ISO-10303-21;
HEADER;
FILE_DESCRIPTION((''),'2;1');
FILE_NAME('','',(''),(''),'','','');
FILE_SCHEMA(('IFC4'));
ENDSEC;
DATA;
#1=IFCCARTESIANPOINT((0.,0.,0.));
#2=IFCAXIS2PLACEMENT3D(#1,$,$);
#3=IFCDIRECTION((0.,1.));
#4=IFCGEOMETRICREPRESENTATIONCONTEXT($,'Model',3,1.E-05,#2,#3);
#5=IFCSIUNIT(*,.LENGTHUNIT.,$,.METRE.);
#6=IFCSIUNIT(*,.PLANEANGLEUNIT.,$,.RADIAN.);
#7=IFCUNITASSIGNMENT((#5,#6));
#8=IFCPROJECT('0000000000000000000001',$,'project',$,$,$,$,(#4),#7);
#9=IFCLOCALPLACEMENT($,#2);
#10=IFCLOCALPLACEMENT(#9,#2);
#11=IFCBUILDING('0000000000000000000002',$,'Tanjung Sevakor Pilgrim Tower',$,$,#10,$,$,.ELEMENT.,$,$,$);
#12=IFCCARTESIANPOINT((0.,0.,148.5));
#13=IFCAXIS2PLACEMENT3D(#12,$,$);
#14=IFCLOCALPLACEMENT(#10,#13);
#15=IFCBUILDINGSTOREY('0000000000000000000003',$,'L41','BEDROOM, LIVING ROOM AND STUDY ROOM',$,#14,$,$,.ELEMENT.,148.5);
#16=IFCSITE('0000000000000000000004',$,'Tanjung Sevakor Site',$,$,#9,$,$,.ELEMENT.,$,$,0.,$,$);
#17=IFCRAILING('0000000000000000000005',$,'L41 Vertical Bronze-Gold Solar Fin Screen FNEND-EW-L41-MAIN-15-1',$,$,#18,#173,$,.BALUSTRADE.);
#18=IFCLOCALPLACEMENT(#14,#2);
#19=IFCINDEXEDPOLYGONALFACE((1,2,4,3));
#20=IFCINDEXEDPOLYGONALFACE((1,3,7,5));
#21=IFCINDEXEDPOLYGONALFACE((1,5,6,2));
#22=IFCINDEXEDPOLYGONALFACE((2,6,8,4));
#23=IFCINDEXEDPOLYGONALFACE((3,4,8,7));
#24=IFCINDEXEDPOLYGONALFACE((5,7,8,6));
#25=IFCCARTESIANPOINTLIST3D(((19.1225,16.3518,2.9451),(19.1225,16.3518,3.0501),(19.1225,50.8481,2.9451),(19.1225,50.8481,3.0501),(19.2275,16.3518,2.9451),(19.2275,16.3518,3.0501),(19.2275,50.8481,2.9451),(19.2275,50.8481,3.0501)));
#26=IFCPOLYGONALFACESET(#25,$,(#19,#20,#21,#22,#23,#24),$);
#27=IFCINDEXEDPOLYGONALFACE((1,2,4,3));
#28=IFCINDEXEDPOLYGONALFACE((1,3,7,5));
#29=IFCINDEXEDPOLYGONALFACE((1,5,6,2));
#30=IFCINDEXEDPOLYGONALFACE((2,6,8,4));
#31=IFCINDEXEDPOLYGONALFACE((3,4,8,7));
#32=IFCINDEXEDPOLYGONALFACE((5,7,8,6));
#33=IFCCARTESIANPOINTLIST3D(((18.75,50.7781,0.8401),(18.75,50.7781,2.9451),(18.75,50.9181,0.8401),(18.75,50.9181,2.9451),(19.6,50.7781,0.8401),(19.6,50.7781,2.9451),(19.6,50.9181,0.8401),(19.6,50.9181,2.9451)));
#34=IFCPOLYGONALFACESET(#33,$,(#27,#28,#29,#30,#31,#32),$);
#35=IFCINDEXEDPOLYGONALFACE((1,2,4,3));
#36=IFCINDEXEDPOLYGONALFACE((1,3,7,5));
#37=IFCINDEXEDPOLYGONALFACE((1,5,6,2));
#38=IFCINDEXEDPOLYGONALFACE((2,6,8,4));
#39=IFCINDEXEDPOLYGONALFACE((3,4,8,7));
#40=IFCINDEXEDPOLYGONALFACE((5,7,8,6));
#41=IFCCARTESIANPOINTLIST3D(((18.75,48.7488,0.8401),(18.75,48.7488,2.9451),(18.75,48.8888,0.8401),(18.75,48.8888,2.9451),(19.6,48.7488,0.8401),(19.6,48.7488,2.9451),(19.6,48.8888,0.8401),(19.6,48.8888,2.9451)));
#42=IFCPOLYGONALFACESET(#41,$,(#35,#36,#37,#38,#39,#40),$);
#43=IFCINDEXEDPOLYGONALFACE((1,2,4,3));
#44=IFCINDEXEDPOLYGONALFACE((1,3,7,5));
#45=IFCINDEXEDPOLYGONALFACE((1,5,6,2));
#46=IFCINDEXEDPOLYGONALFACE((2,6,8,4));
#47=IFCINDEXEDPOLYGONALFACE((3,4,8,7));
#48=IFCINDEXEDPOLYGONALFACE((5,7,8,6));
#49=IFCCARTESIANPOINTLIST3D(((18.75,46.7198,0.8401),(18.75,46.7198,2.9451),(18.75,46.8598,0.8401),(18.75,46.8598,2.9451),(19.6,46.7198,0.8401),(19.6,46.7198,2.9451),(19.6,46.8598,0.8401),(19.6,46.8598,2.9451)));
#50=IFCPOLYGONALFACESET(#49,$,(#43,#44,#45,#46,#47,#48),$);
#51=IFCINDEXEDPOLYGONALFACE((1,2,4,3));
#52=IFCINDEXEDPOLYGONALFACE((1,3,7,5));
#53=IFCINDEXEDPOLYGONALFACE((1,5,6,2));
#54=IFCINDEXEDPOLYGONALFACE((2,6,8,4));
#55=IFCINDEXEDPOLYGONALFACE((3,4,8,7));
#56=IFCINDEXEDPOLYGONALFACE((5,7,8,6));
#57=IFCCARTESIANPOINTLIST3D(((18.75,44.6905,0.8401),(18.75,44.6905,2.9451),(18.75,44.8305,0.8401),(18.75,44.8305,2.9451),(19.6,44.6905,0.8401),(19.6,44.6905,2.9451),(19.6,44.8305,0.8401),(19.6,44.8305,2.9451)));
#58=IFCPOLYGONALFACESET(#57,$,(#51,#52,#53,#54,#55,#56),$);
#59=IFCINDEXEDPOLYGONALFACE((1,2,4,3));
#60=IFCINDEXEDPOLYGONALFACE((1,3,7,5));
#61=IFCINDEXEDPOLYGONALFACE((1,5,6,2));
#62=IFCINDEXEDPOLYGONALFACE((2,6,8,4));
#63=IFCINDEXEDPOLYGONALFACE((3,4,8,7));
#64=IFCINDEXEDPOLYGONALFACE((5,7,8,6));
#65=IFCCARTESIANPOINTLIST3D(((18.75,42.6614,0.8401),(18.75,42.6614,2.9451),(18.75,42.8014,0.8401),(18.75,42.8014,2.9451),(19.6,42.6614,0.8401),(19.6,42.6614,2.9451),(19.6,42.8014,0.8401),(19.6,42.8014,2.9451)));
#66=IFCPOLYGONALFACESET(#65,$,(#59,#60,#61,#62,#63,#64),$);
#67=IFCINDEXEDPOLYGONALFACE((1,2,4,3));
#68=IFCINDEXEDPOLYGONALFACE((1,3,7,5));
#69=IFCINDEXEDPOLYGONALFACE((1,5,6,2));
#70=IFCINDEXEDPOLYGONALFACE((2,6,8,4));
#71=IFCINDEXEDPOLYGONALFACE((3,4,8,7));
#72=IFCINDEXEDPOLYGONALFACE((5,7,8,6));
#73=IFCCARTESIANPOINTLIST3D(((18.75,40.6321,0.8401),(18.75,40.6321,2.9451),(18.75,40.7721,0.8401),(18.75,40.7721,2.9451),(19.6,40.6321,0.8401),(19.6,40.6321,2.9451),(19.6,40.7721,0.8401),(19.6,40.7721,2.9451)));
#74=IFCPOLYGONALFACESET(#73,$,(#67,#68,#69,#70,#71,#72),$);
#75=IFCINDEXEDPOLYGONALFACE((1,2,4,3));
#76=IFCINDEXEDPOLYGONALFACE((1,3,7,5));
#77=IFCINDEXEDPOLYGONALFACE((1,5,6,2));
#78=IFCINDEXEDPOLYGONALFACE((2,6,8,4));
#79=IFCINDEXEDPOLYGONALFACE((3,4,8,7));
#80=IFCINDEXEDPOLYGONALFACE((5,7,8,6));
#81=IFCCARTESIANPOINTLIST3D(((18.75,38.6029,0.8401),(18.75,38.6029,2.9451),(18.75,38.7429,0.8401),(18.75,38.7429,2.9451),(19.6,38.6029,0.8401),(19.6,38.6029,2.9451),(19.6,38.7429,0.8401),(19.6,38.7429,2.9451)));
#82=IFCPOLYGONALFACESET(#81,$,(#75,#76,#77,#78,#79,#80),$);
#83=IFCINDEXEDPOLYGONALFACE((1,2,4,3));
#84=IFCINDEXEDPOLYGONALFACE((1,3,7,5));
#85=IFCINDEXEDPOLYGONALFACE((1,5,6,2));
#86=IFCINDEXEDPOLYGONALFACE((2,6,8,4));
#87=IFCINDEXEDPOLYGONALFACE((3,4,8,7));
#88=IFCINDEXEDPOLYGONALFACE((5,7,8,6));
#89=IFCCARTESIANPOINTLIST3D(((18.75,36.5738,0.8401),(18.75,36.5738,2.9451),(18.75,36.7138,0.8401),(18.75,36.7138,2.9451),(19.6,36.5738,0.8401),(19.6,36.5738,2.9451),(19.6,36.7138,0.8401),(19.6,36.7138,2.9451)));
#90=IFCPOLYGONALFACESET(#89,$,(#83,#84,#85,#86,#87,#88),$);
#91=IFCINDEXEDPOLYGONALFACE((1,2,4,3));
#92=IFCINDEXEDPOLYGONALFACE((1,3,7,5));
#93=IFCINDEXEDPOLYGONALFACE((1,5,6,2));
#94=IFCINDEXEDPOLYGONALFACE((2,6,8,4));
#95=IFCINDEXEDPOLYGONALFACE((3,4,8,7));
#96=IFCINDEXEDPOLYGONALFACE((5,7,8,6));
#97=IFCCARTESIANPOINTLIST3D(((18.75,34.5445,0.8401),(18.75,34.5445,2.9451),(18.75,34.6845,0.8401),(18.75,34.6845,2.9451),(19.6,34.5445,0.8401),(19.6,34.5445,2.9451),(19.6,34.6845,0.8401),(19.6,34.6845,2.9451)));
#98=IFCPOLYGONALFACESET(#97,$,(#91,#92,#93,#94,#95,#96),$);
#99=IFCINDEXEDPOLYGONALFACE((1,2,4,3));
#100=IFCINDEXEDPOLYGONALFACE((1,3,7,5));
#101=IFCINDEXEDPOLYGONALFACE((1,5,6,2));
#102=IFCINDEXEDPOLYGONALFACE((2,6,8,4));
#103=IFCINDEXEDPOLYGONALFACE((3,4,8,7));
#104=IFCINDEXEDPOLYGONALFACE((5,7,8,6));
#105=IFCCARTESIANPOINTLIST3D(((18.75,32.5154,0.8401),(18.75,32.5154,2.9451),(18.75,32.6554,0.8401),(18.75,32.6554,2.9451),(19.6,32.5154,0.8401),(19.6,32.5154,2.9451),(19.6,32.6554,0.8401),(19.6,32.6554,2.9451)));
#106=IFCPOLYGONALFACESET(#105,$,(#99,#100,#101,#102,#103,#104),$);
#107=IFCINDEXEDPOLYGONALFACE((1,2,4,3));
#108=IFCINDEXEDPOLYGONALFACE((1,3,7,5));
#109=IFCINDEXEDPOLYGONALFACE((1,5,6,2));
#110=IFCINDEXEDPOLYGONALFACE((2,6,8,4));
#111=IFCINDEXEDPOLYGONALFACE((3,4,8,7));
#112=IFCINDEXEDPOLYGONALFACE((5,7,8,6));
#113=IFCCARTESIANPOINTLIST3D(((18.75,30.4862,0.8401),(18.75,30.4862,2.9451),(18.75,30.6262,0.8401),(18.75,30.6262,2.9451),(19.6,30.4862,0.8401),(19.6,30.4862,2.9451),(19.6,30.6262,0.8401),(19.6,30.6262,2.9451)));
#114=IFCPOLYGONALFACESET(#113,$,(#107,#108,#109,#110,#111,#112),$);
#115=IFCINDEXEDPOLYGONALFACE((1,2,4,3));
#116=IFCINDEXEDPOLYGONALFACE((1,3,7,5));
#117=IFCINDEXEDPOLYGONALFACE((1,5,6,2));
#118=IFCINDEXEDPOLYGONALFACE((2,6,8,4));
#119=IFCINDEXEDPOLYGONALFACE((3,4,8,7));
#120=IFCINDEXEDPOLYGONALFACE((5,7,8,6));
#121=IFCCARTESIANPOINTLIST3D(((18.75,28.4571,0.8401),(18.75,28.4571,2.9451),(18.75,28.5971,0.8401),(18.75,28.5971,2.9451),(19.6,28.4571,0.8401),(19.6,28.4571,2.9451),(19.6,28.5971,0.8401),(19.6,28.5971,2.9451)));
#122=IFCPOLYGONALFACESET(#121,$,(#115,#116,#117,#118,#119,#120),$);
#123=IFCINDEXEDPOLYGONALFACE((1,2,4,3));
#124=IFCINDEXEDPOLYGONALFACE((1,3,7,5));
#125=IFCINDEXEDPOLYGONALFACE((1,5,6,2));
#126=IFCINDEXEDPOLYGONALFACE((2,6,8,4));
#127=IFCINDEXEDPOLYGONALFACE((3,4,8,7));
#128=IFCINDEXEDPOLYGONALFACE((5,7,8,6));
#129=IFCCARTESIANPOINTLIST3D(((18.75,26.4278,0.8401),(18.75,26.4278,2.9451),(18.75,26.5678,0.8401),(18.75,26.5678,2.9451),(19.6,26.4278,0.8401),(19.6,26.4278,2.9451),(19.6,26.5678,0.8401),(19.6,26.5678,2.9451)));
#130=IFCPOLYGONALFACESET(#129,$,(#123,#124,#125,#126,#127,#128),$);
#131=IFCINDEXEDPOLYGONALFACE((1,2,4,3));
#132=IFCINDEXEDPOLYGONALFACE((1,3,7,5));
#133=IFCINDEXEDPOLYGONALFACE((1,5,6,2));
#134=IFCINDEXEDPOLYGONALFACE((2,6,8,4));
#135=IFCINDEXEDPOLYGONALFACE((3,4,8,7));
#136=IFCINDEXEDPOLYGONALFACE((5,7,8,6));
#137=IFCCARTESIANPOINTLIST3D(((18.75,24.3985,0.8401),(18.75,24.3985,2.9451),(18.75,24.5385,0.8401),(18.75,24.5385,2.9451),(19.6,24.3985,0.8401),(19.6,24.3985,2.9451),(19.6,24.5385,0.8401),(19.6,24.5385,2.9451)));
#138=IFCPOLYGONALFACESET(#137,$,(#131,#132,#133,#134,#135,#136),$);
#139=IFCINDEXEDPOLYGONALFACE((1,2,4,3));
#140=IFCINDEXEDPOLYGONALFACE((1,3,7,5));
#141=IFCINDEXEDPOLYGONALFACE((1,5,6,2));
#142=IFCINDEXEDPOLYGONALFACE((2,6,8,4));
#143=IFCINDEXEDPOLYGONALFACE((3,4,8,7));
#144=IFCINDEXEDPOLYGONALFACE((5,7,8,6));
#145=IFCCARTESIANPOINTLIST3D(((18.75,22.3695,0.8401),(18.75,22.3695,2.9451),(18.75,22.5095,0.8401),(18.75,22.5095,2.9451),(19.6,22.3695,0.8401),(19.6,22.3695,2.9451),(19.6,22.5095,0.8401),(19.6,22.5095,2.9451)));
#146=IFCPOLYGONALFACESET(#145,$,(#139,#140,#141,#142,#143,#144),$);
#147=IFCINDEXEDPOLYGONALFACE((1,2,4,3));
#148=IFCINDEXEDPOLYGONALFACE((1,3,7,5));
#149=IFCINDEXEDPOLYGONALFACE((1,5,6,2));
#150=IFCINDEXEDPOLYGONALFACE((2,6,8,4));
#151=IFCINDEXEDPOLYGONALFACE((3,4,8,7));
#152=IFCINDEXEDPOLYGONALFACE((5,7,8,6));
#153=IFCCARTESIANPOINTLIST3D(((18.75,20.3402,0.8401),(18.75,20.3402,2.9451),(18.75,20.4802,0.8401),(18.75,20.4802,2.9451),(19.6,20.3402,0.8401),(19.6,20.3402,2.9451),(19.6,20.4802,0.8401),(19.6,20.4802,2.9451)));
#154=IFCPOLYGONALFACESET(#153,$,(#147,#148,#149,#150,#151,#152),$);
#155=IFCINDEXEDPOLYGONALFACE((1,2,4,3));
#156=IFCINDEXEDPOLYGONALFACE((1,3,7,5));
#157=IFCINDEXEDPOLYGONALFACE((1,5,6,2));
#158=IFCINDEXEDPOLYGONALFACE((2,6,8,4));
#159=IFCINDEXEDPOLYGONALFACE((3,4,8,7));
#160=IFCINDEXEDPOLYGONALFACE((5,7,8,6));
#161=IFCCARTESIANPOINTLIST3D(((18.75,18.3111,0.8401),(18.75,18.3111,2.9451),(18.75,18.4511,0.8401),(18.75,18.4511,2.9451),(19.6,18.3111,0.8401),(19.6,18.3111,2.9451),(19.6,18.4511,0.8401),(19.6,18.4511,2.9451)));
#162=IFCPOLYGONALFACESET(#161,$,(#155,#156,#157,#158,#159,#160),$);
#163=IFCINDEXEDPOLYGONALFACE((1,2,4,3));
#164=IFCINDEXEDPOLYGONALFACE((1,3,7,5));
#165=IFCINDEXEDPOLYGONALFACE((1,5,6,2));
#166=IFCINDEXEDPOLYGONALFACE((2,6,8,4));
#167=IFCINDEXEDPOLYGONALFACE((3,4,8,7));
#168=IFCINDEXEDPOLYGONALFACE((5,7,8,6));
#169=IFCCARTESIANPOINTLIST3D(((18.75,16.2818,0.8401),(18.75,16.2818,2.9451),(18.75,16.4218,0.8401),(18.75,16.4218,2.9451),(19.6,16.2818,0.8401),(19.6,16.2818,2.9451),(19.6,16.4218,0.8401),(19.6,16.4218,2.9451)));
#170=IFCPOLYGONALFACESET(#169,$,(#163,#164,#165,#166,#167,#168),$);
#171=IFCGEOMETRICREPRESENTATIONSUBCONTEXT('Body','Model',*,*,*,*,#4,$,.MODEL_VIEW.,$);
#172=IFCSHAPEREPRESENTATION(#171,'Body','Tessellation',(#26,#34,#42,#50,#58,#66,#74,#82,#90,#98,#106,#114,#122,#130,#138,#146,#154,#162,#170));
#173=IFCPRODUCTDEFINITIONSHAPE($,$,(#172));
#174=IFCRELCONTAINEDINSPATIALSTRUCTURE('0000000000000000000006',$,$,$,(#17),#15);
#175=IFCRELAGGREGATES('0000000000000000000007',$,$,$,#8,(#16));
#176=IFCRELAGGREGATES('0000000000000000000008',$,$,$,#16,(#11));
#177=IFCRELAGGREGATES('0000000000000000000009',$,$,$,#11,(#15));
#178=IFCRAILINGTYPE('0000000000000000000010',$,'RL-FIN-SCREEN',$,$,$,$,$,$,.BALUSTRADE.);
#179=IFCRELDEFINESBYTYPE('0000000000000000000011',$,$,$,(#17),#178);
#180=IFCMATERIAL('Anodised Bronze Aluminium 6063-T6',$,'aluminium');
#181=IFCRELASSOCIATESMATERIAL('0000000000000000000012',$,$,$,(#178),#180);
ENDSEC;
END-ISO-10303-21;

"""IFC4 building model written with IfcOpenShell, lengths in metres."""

from ifc_helpers import new_model, si_unit, direction, frame, origin, place, context, subcontext, project, spatial, rectangle, extrude, material, type_object, element, save


model = new_model("IFC4")

# Units and contexts
model_context = context("Model", 3, precision=1e-05, world=origin(), true_north=direction((0.0, 1.0)))
body_context = subcontext(model_context, "Body", "Model", "MODEL_VIEW")
ifc_project = project(units=[si_unit("LENGTHUNIT", "METRE"), si_unit("PLANEANGLEUNIT", "RADIAN")], contexts=[model_context])

# Site, building, storey
site_placement = place(None, origin())
site = spatial("IfcSite", under=ifc_project, at=site_placement, Name="Tanjung Sevakor Site", CompositionType="ELEMENT", RefElevation=0.0)
building_placement = place(site_placement, origin())
building = spatial("IfcBuilding", under=site, at=building_placement, Name="Tanjung Sevakor Pilgrim Tower", CompositionType="ELEMENT")
storey_placement = place(building_placement, frame((0.0, 0.0, 148.5)))
storey = spatial("IfcBuildingStorey", under=building, at=storey_placement, Name="L41", Description="BEDROOM, LIVING ROOM AND STUDY ROOM", CompositionType="ELEMENT", Elevation=148.5)

# Railing
ifc_material_1 = material(Name="Anodised Bronze Aluminium 6063-T6", Category="aluminium")
railing_type_1 = type_object("IfcRailingType", Name="RL-FIN-SCREEN", PredefinedType="BALUSTRADE", material=ifc_material_1)
railing_1_placement = place(storey_placement, frame((19.175, 50.8481, 0.8401)))
element("IfcRailing", 1, at=railing_1_placement, inside=storey, type_object=railing_type_1, Name="L41 Vertical Bronze-Gold Solar Fin Screen FNEND-EW-L41-MAIN-15-1", PredefinedType="BALUSTRADE", context=body_context, shape_type="SweptSolid", body=[
    extrude(rectangle(XDim=0.105, YDim=0.105), frame((0.0, 0.0, 2.1575), z_axis=(0.0, -1.0, 0.0), x_axis=(1.0, 0.0, 0.0)), (0.0, 0.0, 1.0), 34.4963),
    extrude(rectangle(XDim=0.85, YDim=0.14), origin(), (0.0, 0.0, 1.0), 2.105),
    extrude(rectangle(XDim=0.85, YDim=0.14), frame((0.0, -2.0293, 0.0)), (0.0, 0.0, 1.0), 2.105),
    extrude(rectangle(XDim=0.85, YDim=0.14), frame((0.0, -4.0583, 0.0)), (0.0, 0.0, 1.0), 2.105),
    extrude(rectangle(XDim=0.85, YDim=0.14), frame((0.0, -6.0876, 0.0)), (0.0, 0.0, 1.0), 2.105),
    extrude(rectangle(XDim=0.85, YDim=0.14), frame((0.0, -8.1167, 0.0)), (0.0, 0.0, 1.0), 2.105),
    extrude(rectangle(XDim=0.85, YDim=0.14), frame((0.0, -10.146, 0.0)), (0.0, 0.0, 1.0), 2.105),
    extrude(rectangle(XDim=0.85, YDim=0.14), frame((0.0, -12.1753, 0.0)), (0.0, 0.0, 1.0), 2.105),
    extrude(rectangle(XDim=0.85, YDim=0.14), frame((0.0, -14.2043, 0.0)), (0.0, 0.0, 1.0), 2.105),
    extrude(rectangle(XDim=0.85, YDim=0.14), frame((0.0, -16.2336, 0.0)), (0.0, 0.0, 1.0), 2.105),
    extrude(rectangle(XDim=0.85, YDim=0.14), frame((0.0, -18.2627, 0.0)), (0.0, 0.0, 1.0), 2.105),
    extrude(rectangle(XDim=0.85, YDim=0.14), frame((0.0, -20.292, 0.0)), (0.0, 0.0, 1.0), 2.105),
    extrude(rectangle(XDim=0.85, YDim=0.14), frame((0.0, -22.321, 0.0)), (0.0, 0.0, 1.0), 2.105),
    extrude(rectangle(XDim=0.85, YDim=0.14), frame((0.0, -24.3503, 0.0)), (0.0, 0.0, 1.0), 2.105),
    extrude(rectangle(XDim=0.85, YDim=0.14), frame((0.0, -26.3796, 0.0)), (0.0, 0.0, 1.0), 2.105),
    extrude(rectangle(XDim=0.85, YDim=0.14), frame((0.0, -28.4087, 0.0)), (0.0, 0.0, 1.0), 2.105),
    extrude(rectangle(XDim=0.85, YDim=0.14), frame((0.0, -30.438, 0.0)), (0.0, 0.0, 1.0), 2.105),
    extrude(rectangle(XDim=0.85, YDim=0.14), frame((0.0, -32.467, 0.0)), (0.0, 0.0, 1.0), 2.105),
    extrude(rectangle(XDim=0.85, YDim=0.14), frame((0.0, -34.4963, 0.0)), (0.0, 0.0, 1.0), 2.105),
])

save(model, "model.ifc")
